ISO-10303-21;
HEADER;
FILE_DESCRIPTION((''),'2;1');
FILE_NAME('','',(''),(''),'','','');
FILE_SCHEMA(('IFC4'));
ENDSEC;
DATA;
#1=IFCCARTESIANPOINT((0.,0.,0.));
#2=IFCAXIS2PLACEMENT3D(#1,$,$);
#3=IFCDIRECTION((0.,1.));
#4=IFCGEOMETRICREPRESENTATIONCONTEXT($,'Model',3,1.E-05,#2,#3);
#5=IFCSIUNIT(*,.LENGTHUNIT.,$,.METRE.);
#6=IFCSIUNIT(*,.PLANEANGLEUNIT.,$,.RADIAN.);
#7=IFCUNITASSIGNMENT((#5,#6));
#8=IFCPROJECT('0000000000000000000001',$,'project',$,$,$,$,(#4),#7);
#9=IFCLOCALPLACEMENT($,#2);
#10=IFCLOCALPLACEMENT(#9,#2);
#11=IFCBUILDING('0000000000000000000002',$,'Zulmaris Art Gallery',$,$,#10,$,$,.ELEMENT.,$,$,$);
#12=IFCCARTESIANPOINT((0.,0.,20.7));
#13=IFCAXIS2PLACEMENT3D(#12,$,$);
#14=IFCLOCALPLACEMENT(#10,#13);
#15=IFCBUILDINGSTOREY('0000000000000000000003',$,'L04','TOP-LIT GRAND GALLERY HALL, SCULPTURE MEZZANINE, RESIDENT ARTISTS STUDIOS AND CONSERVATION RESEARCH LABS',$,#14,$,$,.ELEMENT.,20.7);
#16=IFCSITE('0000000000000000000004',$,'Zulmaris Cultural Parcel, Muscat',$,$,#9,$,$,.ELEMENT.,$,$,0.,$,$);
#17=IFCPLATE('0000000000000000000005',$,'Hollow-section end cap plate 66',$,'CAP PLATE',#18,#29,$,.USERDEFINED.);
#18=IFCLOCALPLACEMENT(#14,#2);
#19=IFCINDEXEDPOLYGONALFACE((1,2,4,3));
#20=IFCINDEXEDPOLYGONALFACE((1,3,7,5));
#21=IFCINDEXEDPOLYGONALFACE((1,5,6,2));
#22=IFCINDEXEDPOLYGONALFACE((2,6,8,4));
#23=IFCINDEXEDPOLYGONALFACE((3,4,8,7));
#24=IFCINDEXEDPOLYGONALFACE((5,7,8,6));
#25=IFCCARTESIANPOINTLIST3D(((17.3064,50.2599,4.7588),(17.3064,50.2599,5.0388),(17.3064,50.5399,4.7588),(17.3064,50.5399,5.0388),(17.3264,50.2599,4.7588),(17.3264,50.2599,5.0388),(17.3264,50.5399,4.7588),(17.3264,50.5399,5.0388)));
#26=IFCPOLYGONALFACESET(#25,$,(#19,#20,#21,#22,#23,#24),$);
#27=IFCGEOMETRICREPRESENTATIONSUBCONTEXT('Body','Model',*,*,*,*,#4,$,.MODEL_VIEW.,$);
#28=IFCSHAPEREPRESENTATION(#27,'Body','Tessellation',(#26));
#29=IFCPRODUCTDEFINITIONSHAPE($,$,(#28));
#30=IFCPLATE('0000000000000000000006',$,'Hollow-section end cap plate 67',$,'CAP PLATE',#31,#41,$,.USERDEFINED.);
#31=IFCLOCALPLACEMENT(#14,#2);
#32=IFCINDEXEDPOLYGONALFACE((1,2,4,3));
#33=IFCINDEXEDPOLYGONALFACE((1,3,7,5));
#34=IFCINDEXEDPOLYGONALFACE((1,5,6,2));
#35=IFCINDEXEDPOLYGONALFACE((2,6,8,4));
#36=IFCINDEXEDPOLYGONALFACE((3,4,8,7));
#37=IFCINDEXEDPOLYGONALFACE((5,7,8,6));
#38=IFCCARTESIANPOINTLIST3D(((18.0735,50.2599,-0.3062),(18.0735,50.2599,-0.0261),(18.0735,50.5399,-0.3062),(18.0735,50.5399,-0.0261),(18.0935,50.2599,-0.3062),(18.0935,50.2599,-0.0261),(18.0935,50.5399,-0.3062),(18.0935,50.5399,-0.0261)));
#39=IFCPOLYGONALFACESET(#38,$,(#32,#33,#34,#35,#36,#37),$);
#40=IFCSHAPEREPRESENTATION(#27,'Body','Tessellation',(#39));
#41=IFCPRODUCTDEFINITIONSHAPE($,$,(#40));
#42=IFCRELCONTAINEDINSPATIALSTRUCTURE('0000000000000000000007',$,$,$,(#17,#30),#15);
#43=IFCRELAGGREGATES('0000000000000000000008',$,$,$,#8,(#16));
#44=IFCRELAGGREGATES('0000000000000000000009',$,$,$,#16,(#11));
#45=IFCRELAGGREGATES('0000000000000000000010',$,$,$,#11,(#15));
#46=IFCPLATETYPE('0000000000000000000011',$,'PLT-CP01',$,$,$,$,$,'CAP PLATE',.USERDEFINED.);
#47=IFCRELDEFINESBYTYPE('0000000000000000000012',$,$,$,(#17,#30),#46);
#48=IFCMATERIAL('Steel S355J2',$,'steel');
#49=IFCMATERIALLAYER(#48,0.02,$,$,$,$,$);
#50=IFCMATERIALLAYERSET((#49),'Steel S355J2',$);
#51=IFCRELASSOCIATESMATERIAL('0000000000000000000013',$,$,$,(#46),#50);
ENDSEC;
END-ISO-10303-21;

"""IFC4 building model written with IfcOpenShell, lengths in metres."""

from ifc_helpers import new_model, si_unit, direction, frame, origin, origin_2d, place, context, subcontext, project, spatial, rectangle, extrude, material, layer, layer_set, type_object, element, save


model = new_model("IFC4")

# Units and contexts
model_context = context("Model", 3, precision=1e-05, world=origin(), true_north=direction((0.0, 1.0)))
body_context = subcontext(model_context, "Body", "Model", "MODEL_VIEW")
ifc_project = project(units=[si_unit("LENGTHUNIT", "METRE"), si_unit("PLANEANGLEUNIT", "RADIAN")], contexts=[model_context])

# Site, building, storey
site_placement = place(None, origin())
site = spatial("IfcSite", under=ifc_project, at=site_placement, Name="Zulmaris Cultural Parcel, Muscat", CompositionType="ELEMENT", RefElevation=0.0)
building_placement = place(site_placement, origin())
building = spatial("IfcBuilding", under=site, at=building_placement, Name="Zulmaris Art Gallery", CompositionType="ELEMENT")
storey_placement = place(building_placement, frame((0.0, 0.0, 20.7)))
storey = spatial("IfcBuildingStorey", under=building, at=storey_placement, Name="L04", Description="TOP-LIT GRAND GALLERY HALL, SCULPTURE MEZZANINE, RESIDENT ARTISTS STUDIOS AND CONSERVATION RESEARCH LABS", CompositionType="ELEMENT", Elevation=20.7)

# Shared definitions
ifc_material_1 = material(Name="Steel S355J2", Category="steel")

# Plates
ifc_layer_1 = layer(ifc_material_1, 0.02)
ifc_layer_set_1 = layer_set([ifc_layer_1], Name="Steel S355J2")
plate_type_1 = type_object("IfcPlateType", Name="PLT-CP01", ElementType="CAP PLATE", PredefinedType="USERDEFINED", material=ifc_layer_set_1)
for number, where, z_axis, x_axis, name in (
    (1, (17.3164, 50.3999, 4.7588), (0.0, 0.0, 1.0), (1.0, 0.0, 0.0), "Hollow-section end cap plate 66"),
    (2, (18.0835, 50.3999, -0.3062), (0.0, 0.0, 1.0), (1.0, 0.0, 0.0), "Hollow-section end cap plate 67"),
):
    element("IfcPlate", number, at=place(storey_placement, frame(where, z_axis=z_axis, x_axis=x_axis)), inside=storey, type_object=plate_type_1, Name=name, ObjectType="CAP PLATE", PredefinedType="USERDEFINED", context=body_context, shape_type="SweptSolid", body=[
        extrude(rectangle(XDim=0.02, YDim=0.28, at=origin_2d()), origin(), (0.0, 0.0, 1.0), 0.28),
    ])

save(model, "model.ifc")
